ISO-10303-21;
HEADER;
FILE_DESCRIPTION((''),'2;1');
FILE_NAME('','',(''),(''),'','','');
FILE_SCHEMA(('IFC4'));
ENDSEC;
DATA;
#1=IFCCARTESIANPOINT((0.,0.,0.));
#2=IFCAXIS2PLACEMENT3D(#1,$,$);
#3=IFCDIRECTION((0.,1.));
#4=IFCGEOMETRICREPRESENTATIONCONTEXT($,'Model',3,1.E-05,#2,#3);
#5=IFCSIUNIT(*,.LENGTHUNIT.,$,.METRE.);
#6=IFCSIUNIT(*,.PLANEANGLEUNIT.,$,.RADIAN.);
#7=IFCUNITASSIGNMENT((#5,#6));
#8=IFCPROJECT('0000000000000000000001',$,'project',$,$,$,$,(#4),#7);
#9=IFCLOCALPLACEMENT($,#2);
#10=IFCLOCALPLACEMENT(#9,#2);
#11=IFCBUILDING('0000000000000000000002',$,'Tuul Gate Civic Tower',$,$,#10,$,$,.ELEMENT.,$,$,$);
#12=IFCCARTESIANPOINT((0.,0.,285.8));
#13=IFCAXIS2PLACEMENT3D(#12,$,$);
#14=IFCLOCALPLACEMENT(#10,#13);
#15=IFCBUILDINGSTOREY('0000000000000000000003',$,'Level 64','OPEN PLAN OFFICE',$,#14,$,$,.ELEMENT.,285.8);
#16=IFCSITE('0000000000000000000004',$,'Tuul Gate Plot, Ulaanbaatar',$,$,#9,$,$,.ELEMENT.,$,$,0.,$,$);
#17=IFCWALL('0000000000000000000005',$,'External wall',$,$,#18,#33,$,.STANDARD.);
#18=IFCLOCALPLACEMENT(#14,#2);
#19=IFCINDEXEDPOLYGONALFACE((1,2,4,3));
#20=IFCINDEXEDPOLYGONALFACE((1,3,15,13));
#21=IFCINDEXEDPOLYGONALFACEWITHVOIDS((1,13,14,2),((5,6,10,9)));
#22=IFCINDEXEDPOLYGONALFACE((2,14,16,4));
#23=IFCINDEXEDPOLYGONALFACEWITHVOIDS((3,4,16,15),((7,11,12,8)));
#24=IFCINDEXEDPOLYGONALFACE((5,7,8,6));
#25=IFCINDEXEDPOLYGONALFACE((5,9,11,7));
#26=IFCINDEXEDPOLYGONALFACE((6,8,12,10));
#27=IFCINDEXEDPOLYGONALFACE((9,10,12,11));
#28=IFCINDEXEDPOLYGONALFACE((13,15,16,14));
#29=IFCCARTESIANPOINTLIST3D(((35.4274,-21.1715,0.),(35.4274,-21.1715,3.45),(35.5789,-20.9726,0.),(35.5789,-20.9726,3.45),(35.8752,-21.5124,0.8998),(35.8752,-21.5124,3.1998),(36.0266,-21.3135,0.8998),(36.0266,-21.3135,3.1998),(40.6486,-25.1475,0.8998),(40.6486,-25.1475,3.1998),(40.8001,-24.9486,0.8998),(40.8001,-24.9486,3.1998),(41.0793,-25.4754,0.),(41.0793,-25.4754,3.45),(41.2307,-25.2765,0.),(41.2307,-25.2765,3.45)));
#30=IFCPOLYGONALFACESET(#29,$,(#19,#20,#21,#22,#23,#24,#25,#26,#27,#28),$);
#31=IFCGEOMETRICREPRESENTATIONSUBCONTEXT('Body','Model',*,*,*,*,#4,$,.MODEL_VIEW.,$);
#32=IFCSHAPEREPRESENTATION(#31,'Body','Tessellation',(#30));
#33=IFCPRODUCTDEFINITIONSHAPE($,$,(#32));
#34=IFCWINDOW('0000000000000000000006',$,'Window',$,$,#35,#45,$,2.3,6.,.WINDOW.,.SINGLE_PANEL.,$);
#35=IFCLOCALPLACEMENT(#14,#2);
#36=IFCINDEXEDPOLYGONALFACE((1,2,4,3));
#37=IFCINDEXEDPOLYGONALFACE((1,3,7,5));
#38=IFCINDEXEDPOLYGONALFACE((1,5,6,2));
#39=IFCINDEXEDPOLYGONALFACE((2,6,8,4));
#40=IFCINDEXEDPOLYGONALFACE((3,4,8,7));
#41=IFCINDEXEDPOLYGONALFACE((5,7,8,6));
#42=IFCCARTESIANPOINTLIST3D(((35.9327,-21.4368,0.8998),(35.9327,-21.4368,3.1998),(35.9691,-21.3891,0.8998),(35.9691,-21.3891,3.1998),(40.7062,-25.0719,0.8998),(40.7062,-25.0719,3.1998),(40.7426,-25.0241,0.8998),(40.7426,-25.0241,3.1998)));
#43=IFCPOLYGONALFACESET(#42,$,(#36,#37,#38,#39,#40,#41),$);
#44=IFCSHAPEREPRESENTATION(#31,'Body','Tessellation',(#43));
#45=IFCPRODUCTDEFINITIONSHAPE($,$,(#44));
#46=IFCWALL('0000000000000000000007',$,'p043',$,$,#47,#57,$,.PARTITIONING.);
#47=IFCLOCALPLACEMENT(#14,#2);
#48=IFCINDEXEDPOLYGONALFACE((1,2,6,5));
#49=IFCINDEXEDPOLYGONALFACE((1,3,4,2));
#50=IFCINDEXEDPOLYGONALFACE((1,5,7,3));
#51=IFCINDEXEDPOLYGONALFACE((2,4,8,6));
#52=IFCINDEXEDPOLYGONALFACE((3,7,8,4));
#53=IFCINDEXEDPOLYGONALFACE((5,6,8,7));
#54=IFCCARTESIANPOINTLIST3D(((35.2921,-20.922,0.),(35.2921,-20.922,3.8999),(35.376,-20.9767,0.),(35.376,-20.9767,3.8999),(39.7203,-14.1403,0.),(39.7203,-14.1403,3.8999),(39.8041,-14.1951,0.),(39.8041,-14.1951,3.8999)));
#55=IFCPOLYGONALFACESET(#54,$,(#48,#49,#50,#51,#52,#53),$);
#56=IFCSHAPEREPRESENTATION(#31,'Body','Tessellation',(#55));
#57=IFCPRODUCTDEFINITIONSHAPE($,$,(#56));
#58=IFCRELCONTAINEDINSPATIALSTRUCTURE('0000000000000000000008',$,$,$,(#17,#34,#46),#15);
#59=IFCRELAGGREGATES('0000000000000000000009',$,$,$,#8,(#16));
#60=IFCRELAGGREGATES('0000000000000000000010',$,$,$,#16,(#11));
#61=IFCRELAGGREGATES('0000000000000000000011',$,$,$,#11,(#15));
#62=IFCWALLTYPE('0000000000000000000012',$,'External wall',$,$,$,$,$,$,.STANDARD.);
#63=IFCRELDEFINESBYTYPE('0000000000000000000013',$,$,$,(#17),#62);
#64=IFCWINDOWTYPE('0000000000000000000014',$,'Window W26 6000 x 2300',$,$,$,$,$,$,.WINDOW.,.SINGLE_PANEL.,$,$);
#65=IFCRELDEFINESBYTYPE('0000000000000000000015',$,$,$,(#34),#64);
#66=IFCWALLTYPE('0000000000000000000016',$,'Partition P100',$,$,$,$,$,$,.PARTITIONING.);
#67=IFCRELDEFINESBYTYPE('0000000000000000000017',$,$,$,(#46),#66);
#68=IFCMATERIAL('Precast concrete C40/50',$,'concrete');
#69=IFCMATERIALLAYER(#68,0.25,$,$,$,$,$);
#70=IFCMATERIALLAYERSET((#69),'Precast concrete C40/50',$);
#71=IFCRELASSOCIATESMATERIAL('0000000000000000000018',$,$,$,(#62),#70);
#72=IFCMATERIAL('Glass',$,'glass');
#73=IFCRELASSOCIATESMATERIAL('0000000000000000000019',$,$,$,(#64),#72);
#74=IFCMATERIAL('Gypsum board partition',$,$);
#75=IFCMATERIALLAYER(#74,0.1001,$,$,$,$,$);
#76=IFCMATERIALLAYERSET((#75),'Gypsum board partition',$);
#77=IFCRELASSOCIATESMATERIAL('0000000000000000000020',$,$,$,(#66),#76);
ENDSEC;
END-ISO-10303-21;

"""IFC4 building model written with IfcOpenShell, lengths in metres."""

from ifc_helpers import new_model, si_unit, direction, frame, frame_2d, origin, place, context, subcontext, project, spatial, rectangle, extrude, material, layer, layer_set, type_object, element, fill, save


model = new_model("IFC4")

# Units and contexts
model_context = context("Model", 3, precision=1e-05, world=origin(), true_north=direction((0.0, 1.0)))
body_context = subcontext(model_context, "Body", "Model", "MODEL_VIEW")
ifc_project = project(units=[si_unit("LENGTHUNIT", "METRE"), si_unit("PLANEANGLEUNIT", "RADIAN")], contexts=[model_context])

# Site, building, storey
site_placement = place(None, origin())
site = spatial("IfcSite", under=ifc_project, at=site_placement, Name="Tuul Gate Plot, Ulaanbaatar", CompositionType="ELEMENT", RefElevation=0.0)
building_placement = place(site_placement, origin())
building = spatial("IfcBuilding", under=site, at=building_placement, Name="Tuul Gate Civic Tower", CompositionType="ELEMENT")
storey_placement = place(building_placement, frame((0.0, 0.0, 285.8)))
storey = spatial("IfcBuildingStorey", under=building, at=storey_placement, Name="Level 64", Description="OPEN PLAN OFFICE", CompositionType="ELEMENT", Elevation=285.8)

# Wall, opening, window
ifc_material_1 = material(Name="Precast concrete C40/50", Category="concrete")
ifc_layer_1 = layer(ifc_material_1, 0.25)
ifc_layer_set_1 = layer_set([ifc_layer_1], Name="Precast concrete C40/50")
wall_type_1 = type_object("IfcWallType", Name="External wall", PredefinedType="STANDARD", material=ifc_layer_set_1)
ifc_material_2 = material(Name="Glass", Category="glass")
window_type = type_object("IfcWindowType", Name="Window W26 6000 x 2300", PartitioningType="SINGLE_PANEL", PredefinedType="WINDOW", material=ifc_material_2)
wall_1_placement = place(storey_placement, frame((35.5032, -21.072, 0.0), z_axis=(0.0, 0.0, 1.0), x_axis=(0.795582, -0.605845, 0.0)))
wall_1 = element("IfcWall", 1, at=wall_1_placement, inside=storey, type_object=wall_type_1, Name="External wall", PredefinedType="STANDARD", context=body_context, shape_type="SweptSolid", body=[
    extrude(rectangle(XDim=7.104, YDim=0.25, at=frame_2d((3.552, 0.0))), origin(), (0.0, 0.0, 1.0), 3.45),
])
opening_1_placement = place(wall_1_placement, frame((0.5627, 0.0, 0.8999)))
opening_1 = element("IfcOpeningElement", 2, at=opening_1_placement, cuts=wall_1, PredefinedType="OPENING", context=body_context, shape_type="SweptSolid", body=[
    extrude(rectangle(XDim=6.0, YDim=2.3, at=frame_2d((3.0, 1.1499))), frame((0.0, 0.135, 0.0), z_axis=(0.0, -1.0, 0.0), x_axis=(1.0, 0.0, 0.0)), (0.0, 0.0, 1.0), 0.27),
])
window_1_placement = place(opening_1_placement, origin())
window_1 = element("IfcWindow", 3, at=window_1_placement, inside=storey, type_object=window_type, Name="Window", OverallHeight=2.3, OverallWidth=6.0, PartitioningType="SINGLE_PANEL", PredefinedType="WINDOW", context=body_context, shape_type="SweptSolid", body=[
    extrude(rectangle(XDim=6.0, YDim=2.3, at=frame_2d((3.0, 1.1499))), frame((0.0, 0.03, 0.0), z_axis=(0.0, -1.0, 0.0), x_axis=(1.0, 0.0, 0.0)), (0.0, 0.0, 1.0), 0.0601),
])
fill(opening_1, window_1)

# Wall
ifc_material_3 = material(Name="Gypsum board partition")
ifc_layer_2 = layer(ifc_material_3, 0.1001)
ifc_layer_set_2 = layer_set([ifc_layer_2], Name="Gypsum board partition")
wall_type_2 = type_object("IfcWallType", Name="Partition P100", PredefinedType="PARTITIONING", material=ifc_layer_set_2)
wall_2_placement = place(storey_placement, frame((35.334, -20.9495, 0.0), z_axis=(0.0, 0.0, 1.0), x_axis=(0.546731, 0.837308, 0.0)))
element("IfcWall", 4, at=wall_2_placement, inside=storey, type_object=wall_type_2, Name="p043", PredefinedType="PARTITIONING", context=body_context, shape_type="SweptSolid", body=[
    extrude(rectangle(XDim=8.0994, YDim=0.1001, at=frame_2d((4.0498, 0.0))), origin(), (0.0, 0.0, 1.0), 3.8999),
])

save(model, "model.ifc")
